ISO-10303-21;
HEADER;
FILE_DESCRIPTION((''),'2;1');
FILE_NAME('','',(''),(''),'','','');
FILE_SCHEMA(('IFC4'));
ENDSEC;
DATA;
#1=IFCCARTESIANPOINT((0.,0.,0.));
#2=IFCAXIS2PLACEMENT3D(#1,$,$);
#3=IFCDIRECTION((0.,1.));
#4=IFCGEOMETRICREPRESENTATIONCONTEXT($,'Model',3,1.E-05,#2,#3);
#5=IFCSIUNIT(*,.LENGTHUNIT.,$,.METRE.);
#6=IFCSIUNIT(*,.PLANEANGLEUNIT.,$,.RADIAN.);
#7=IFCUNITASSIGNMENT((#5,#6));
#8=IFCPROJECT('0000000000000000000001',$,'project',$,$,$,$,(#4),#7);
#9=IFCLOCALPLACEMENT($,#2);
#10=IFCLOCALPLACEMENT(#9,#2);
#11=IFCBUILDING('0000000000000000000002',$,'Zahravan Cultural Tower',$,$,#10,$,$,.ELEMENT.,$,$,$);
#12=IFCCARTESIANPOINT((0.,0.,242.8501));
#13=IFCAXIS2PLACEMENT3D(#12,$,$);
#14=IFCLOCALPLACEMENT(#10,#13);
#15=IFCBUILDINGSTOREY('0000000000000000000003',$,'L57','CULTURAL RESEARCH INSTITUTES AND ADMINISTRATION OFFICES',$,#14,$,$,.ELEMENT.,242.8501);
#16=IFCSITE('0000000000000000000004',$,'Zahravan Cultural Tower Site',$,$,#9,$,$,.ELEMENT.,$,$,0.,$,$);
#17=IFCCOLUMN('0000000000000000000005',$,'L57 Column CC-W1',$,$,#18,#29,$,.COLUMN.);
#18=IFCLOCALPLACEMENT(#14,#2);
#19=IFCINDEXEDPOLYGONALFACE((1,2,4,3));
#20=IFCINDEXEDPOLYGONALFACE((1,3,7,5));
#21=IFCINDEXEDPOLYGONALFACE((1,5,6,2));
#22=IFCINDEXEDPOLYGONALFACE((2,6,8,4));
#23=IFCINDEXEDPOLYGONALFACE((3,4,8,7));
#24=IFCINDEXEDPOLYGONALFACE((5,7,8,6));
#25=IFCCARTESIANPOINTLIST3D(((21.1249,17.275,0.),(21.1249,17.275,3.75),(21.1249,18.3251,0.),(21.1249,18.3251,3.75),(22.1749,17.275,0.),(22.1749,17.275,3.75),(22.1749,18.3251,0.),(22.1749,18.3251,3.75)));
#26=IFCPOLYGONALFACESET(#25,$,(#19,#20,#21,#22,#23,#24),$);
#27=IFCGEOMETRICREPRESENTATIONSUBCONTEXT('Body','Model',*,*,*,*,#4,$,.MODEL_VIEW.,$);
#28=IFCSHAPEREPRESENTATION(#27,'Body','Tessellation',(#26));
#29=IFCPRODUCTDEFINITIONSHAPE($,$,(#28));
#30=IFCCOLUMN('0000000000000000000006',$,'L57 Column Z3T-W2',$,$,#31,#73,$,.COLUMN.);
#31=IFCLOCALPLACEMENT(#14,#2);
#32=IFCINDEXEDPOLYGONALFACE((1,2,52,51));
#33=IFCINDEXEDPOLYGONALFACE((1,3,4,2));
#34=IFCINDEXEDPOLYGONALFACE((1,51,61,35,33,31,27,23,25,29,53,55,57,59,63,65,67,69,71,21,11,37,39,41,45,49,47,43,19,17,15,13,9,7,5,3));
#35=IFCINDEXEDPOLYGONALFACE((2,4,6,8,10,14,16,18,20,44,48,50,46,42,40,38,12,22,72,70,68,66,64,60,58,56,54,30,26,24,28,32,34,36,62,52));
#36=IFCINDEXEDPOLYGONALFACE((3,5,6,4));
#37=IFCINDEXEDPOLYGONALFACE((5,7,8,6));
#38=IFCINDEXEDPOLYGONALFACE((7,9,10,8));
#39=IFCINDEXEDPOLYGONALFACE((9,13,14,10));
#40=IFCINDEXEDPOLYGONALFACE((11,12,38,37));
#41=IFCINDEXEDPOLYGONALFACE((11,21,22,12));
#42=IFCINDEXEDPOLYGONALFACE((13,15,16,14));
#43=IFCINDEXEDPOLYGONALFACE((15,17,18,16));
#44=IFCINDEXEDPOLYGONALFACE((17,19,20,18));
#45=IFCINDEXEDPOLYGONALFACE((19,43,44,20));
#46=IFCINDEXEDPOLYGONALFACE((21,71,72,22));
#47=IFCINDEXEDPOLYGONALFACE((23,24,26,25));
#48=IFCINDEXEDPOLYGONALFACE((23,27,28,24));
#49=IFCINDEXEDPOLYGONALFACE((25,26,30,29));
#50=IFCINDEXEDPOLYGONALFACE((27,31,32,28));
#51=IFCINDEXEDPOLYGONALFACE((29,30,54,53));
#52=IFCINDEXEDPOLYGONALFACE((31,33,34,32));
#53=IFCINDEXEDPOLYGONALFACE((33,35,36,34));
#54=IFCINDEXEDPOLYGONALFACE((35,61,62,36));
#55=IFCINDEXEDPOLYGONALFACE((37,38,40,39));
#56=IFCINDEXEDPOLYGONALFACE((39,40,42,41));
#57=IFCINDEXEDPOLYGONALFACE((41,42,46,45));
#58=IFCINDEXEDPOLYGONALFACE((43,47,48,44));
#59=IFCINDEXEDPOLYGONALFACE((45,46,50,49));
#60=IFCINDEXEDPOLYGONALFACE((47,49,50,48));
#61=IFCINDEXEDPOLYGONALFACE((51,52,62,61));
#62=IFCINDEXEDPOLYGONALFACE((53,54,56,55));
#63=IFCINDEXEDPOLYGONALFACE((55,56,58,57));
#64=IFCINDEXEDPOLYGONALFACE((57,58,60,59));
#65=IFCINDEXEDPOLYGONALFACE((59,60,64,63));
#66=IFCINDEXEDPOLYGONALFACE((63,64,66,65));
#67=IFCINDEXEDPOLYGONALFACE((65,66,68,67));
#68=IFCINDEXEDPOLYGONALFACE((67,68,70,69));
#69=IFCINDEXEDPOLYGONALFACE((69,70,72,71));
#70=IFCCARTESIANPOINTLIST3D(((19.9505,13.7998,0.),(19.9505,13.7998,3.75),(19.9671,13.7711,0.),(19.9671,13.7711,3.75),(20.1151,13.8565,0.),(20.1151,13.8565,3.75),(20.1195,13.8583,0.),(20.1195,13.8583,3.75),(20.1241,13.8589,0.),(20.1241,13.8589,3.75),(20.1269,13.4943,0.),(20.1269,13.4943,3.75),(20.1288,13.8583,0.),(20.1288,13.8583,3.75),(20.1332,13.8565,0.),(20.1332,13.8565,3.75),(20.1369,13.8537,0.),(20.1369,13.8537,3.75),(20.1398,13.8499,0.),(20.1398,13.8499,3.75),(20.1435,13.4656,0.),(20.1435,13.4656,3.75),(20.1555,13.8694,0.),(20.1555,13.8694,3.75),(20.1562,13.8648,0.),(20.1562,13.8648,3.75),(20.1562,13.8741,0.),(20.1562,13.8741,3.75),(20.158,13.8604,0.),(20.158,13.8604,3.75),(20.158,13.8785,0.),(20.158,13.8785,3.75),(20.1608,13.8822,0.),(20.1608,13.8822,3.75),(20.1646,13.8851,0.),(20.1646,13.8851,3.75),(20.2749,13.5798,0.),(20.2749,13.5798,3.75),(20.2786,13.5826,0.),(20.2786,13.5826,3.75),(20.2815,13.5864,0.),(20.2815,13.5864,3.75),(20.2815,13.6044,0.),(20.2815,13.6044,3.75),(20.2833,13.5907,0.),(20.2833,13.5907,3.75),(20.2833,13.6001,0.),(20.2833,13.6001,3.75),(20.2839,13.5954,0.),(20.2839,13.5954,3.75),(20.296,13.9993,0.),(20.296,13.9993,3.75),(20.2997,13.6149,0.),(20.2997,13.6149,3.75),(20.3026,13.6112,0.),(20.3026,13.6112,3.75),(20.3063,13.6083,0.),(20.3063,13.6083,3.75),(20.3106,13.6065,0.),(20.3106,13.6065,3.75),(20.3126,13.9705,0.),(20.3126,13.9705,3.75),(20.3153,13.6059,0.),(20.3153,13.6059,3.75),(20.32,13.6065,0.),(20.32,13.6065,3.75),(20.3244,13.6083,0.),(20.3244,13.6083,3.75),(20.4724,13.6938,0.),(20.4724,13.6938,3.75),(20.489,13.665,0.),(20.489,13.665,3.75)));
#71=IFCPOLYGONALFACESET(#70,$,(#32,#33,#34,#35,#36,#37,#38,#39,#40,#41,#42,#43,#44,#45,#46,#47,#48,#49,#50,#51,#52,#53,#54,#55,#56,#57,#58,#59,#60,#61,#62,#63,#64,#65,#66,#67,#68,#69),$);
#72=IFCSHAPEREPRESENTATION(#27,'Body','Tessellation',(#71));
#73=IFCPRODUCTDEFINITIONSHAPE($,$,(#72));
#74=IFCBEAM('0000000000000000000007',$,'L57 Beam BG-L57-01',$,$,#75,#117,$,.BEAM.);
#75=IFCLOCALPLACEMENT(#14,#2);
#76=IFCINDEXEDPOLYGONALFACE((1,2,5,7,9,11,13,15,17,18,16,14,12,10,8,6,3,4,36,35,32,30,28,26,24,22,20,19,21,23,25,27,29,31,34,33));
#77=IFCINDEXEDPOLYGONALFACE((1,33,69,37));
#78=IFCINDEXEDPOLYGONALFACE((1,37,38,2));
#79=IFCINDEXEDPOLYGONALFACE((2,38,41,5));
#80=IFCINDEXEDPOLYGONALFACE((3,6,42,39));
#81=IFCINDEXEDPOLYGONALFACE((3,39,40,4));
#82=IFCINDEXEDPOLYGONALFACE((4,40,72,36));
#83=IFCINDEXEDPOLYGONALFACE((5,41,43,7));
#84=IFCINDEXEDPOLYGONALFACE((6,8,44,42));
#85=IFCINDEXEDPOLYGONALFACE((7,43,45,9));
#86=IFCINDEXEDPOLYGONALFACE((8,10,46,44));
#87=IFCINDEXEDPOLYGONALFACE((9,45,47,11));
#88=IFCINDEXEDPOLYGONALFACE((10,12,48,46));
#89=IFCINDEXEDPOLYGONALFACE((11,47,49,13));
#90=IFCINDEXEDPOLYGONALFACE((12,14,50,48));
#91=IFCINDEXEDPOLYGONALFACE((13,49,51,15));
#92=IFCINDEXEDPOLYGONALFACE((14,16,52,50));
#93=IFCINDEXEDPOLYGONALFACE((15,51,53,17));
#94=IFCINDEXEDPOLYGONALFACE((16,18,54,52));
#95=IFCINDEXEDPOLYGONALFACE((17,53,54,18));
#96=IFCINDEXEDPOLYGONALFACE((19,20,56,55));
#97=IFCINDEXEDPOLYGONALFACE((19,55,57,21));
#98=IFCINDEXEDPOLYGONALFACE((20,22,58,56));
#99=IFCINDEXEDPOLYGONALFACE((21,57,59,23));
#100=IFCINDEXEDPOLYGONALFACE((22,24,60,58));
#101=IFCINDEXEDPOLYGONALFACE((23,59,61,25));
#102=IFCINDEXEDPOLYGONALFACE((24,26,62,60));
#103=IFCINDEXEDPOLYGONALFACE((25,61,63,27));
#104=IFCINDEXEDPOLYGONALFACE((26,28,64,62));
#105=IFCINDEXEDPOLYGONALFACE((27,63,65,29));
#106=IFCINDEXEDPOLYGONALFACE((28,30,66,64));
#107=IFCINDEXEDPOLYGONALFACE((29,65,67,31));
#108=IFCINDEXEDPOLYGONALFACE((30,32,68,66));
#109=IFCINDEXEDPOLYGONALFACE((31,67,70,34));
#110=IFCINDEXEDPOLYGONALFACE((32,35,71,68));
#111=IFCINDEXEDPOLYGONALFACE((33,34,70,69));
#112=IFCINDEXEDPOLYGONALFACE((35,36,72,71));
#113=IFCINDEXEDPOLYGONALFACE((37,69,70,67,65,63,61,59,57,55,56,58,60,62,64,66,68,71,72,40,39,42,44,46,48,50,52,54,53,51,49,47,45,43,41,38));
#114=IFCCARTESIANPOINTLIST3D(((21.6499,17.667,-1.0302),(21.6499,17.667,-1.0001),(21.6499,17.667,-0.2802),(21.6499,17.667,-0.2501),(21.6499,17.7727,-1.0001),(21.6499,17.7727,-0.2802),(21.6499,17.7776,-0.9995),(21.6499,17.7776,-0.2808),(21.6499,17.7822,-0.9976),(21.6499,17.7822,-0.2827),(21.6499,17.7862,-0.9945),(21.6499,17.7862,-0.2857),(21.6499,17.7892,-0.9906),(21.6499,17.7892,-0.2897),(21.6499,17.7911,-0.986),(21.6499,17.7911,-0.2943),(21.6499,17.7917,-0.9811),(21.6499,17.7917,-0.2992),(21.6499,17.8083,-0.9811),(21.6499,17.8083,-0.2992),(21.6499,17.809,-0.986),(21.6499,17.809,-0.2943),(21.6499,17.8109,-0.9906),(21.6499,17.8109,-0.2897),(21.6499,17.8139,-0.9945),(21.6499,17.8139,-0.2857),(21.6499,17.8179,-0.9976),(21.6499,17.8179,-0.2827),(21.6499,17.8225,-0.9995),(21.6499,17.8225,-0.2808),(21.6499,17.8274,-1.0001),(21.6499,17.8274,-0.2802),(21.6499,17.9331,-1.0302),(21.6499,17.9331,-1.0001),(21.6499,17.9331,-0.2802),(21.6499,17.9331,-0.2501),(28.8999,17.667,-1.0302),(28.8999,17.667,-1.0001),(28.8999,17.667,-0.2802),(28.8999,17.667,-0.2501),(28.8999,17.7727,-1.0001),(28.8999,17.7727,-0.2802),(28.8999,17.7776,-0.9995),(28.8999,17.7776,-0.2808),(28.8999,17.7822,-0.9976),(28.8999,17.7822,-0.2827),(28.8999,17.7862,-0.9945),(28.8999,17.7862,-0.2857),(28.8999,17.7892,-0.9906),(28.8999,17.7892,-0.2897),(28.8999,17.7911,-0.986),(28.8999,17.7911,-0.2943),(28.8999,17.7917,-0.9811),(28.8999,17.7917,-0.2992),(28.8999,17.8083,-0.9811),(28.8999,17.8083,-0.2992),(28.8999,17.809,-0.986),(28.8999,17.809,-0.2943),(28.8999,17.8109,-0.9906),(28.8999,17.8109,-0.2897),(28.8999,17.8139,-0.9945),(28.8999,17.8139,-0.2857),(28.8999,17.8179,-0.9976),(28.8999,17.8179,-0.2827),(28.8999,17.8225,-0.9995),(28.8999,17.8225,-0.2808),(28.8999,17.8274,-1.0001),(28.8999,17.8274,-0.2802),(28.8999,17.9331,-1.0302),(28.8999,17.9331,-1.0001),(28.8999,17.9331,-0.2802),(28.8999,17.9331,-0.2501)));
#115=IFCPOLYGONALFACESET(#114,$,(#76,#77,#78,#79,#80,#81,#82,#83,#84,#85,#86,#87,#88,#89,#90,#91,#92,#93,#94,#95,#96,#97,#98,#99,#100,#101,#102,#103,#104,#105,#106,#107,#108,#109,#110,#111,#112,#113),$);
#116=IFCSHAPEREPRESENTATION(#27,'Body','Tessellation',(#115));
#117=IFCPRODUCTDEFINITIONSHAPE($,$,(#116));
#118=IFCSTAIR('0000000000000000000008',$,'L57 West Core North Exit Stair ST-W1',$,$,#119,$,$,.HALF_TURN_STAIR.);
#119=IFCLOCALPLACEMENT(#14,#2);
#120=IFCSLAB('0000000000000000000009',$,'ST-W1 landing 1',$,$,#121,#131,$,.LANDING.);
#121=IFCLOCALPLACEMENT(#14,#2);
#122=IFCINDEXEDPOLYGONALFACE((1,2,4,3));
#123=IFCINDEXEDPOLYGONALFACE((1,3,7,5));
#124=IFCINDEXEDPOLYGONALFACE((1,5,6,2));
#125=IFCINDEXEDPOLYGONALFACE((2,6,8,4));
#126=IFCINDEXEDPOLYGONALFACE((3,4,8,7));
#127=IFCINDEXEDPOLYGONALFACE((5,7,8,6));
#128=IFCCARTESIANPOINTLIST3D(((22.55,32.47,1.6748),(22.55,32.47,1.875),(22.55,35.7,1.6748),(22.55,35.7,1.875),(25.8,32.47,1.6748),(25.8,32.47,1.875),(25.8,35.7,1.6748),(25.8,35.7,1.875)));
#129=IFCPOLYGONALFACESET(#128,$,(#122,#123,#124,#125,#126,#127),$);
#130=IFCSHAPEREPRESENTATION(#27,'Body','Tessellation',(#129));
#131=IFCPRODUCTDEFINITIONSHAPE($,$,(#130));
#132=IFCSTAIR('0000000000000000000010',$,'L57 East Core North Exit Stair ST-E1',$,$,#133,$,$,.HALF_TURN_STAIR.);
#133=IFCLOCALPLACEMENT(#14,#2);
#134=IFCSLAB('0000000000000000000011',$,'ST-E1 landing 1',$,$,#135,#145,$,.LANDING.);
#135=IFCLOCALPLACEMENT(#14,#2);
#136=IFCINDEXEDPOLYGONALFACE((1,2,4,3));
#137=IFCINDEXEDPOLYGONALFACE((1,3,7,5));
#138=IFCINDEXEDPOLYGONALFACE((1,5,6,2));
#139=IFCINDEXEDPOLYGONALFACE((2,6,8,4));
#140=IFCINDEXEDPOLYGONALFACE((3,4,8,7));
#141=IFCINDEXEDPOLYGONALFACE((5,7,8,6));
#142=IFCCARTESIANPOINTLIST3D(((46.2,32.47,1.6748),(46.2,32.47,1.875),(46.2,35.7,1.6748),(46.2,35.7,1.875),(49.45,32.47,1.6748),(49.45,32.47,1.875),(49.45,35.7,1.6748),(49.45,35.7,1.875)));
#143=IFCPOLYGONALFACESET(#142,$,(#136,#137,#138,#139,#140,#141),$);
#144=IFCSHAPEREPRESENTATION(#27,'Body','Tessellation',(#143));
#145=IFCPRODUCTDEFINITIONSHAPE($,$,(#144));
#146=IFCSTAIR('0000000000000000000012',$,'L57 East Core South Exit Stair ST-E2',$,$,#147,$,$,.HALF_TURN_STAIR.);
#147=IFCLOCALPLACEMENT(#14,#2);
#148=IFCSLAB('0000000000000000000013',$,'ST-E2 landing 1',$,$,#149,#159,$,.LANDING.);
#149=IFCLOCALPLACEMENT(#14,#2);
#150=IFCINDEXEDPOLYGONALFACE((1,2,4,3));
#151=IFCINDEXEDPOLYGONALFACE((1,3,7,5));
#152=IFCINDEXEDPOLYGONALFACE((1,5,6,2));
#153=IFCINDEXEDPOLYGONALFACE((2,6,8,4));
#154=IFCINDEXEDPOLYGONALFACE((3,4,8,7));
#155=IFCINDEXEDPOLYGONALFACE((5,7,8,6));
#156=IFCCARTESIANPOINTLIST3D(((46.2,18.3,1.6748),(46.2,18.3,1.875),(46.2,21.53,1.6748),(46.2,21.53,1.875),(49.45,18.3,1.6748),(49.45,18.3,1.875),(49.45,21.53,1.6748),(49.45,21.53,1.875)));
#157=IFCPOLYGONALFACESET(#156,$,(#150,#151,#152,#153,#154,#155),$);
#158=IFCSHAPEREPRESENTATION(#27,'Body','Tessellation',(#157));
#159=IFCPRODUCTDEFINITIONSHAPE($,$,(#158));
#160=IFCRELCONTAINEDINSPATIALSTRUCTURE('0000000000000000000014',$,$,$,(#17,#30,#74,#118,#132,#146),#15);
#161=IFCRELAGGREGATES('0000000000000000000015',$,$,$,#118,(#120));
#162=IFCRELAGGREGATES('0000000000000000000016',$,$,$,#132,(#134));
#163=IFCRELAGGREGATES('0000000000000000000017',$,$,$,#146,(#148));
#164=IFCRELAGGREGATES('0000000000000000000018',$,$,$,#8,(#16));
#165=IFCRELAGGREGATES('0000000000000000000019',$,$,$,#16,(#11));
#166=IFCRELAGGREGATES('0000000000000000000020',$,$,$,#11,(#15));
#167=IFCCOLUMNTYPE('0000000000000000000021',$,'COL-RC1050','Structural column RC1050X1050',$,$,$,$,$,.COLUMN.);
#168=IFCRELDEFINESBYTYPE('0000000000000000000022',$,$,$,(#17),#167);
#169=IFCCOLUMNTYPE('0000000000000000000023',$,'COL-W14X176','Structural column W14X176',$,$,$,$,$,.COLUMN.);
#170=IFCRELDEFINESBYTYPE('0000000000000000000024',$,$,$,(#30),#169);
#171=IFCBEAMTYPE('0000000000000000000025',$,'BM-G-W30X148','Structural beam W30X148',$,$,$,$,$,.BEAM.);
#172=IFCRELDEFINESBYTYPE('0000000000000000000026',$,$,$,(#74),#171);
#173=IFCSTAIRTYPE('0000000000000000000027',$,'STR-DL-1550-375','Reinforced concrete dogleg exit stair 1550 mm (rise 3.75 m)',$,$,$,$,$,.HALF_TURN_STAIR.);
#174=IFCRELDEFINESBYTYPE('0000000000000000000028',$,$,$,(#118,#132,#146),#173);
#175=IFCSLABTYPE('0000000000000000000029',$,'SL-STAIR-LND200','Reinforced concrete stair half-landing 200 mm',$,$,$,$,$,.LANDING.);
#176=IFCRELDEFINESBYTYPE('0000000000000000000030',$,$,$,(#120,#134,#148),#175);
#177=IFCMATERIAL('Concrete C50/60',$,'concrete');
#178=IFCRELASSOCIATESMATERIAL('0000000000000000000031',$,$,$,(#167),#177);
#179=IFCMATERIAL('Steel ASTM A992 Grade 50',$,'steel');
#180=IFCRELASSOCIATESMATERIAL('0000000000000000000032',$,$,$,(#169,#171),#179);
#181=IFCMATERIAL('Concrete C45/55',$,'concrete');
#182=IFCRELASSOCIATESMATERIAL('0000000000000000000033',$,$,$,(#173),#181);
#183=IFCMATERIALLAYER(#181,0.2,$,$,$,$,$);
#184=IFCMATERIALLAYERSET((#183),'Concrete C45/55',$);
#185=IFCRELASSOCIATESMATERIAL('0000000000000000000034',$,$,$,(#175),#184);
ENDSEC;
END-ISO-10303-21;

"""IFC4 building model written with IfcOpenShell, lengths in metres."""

from ifc_helpers import new_model, si_unit, direction, frame, origin, origin_2d, place, context, subcontext, project, spatial, polyline, rectangle, i_section, outline, extrude, source, transform, mapped, material, layer, layer_set, material_profile, profile_set, type_object, element, aggregate, save


model = new_model("IFC4")

# Units and contexts
model_context = context("Model", 3, precision=1e-05, world=origin(), true_north=direction((0.0, 1.0)))
body_context = subcontext(model_context, "Body", "Model", "MODEL_VIEW")
ifc_project = project(units=[si_unit("LENGTHUNIT", "METRE"), si_unit("PLANEANGLEUNIT", "RADIAN")], contexts=[model_context])

# Site, building, storey
site_placement = place(None, origin())
site = spatial("IfcSite", under=ifc_project, at=site_placement, Name="Zahravan Cultural Tower Site", CompositionType="ELEMENT", RefElevation=0.0)
building_placement = place(site_placement, origin())
building = spatial("IfcBuilding", under=site, at=building_placement, Name="Zahravan Cultural Tower", CompositionType="ELEMENT")
storey_placement = place(building_placement, frame((0.0, 0.0, 242.8501)))
storey = spatial("IfcBuildingStorey", under=building, at=storey_placement, Name="L57", Description="CULTURAL RESEARCH INSTITUTES AND ADMINISTRATION OFFICES", CompositionType="ELEMENT", Elevation=242.8501)

# Columns
ifc_material_1 = material(Name="Concrete C50/60", Category="concrete")
ifc_material_profile_1 = material_profile(ifc_material_1, rectangle(XDim=1.05, YDim=1.05, at=origin_2d()), Name="RC1050X1050")
ifc_profile_set_1 = profile_set([ifc_material_profile_1], Name="Concrete C50/60")
column_type_1 = type_object("IfcColumnType", Name="COL-RC1050", Description="Structural column RC1050X1050", PredefinedType="COLUMN", material=ifc_profile_set_1)
shared_shape_1 = source(origin(), body_context, "Body", "SweptSolid", [
    extrude(rectangle(XDim=1.05, YDim=1.05, at=origin_2d()), origin(), (0.0, 0.0, 1.0), 3.75),
])
column_1_placement = place(storey_placement, frame((21.6499, 17.8, 0.0), z_axis=(0.0, 0.0, 1.0), x_axis=(1.0, 0.0, 0.0)))
element("IfcColumn", 1, at=column_1_placement, inside=storey, type_object=column_type_1, Name="L57 Column CC-W1", PredefinedType="COLUMN", context=body_context, shape_type="MappedRepresentation", body=[
    mapped(shared_shape_1, transform((0.0, 0.0, 0.0), x_axis=(1.0, 0.0, 0.0), y_axis=(0.0, 1.0, 0.0), z_axis=(0.0, 0.0, 1.0), scale=1.0)),
])
ifc_material_2 = material(Name="Steel ASTM A992 Grade 50", Category="steel")
ifc_material_profile_2 = material_profile(ifc_material_2, i_section(OverallWidth=0.3989, OverallDepth=0.386, WebThickness=0.021, FlangeThickness=0.0332, FilletRadius=0.0181, at=origin_2d()), Name="W14X176")
ifc_profile_set_2 = profile_set([ifc_material_profile_2], Name="Steel ASTM A992 Grade 50")
column_type_2 = type_object("IfcColumnType", Name="COL-W14X176", Description="Structural column W14X176", PredefinedType="COLUMN", material=ifc_profile_set_2)
shared_shape_2 = source(origin(), body_context, "Body", "SweptSolid", [
    extrude(i_section(OverallWidth=0.3989, OverallDepth=0.386, WebThickness=0.021, FlangeThickness=0.0332, FilletRadius=0.0181, at=origin_2d()), origin(), (0.0, 0.0, 1.0), 3.75),
])
column_2_placement = place(storey_placement, frame((20.2197, 13.7324, 0.0), z_axis=(0.0, 0.0, 1.0), x_axis=(0.866025, 0.5, 0.0)))
element("IfcColumn", 2, at=column_2_placement, inside=storey, type_object=column_type_2, Name="L57 Column Z3T-W2", PredefinedType="COLUMN", context=body_context, shape_type="MappedRepresentation", body=[
    mapped(shared_shape_2, transform((0.0, 0.0, 0.0), x_axis=(1.0, 0.0, 0.0), y_axis=(0.0, 1.0, 0.0), z_axis=(0.0, 0.0, 1.0), scale=1.0)),
])

# Beam
ifc_material_profile_3 = material_profile(ifc_material_2, i_section(OverallWidth=0.2661, OverallDepth=0.78, WebThickness=0.0166, FlangeThickness=0.03, FilletRadius=0.019, at=origin_2d()), Name="W30X148")
ifc_profile_set_3 = profile_set([ifc_material_profile_3], Name="Steel ASTM A992 Grade 50")
beam_type = type_object("IfcBeamType", Name="BM-G-W30X148", Description="Structural beam W30X148", PredefinedType="BEAM", material=ifc_profile_set_3)
shared_shape_3 = source(origin(), body_context, "Body", "SweptSolid", [
    extrude(i_section(OverallWidth=0.2661, OverallDepth=0.78, WebThickness=0.0166, FlangeThickness=0.03, FilletRadius=0.019, at=origin_2d()), origin(), (0.0, 0.0, 1.0), 7.25),
])
beam_placement = place(storey_placement, frame((21.6499, 17.8, -0.6401), z_axis=(1.0, 0.0, 0.0), x_axis=(0.0, 1.0, 0.0)))
element("IfcBeam", 3, at=beam_placement, inside=storey, type_object=beam_type, Name="L57 Beam BG-L57-01", PredefinedType="BEAM", context=body_context, shape_type="MappedRepresentation", body=[
    mapped(shared_shape_3, transform((0.0, 0.0, 0.0), x_axis=(1.0, 0.0, 0.0), y_axis=(0.0, 1.0, 0.0), z_axis=(0.0, 0.0, 1.0), scale=1.0)),
])

# Stairs, slabs
ifc_material_3 = material(Name="Concrete C45/55", Category="concrete")
stair_type = type_object("IfcStairType", Name="STR-DL-1550-375", Description="Reinforced concrete dogleg exit stair 1550 mm (rise 3.75 m)", PredefinedType="HALF_TURN_STAIR", material=ifc_material_3)
stair_1_placement = place(storey_placement, origin())
stair_1 = element("IfcStair", 4, at=stair_1_placement, inside=storey, type_object=stair_type, Name="L57 West Core North Exit Stair ST-W1", PredefinedType="HALF_TURN_STAIR")
ifc_layer_1 = layer(ifc_material_3, 0.2)
ifc_layer_set_1 = layer_set([ifc_layer_1], Name="Concrete C45/55")
slab_type_1 = type_object("IfcSlabType", Name="SL-STAIR-LND200", Description="Reinforced concrete stair half-landing 200 mm", PredefinedType="LANDING", material=ifc_layer_set_1)
slab_1_placement = place(storey_placement, frame((0.0, 0.0, 1.6748)))
slab_1 = element("IfcSlab", 5, at=slab_1_placement, type_object=slab_type_1, Name="ST-W1 landing 1", PredefinedType="LANDING", context=body_context, shape_type="SweptSolid", body=[
    extrude(outline(polyline([(25.8, 32.47), (25.8, 35.7), (22.55, 35.7), (22.55, 32.47), (25.8, 32.47)])), origin(), (0.0, 0.0, 1.0), 0.2002),
])
aggregate(stair_1, [slab_1])
stair_2_placement = place(storey_placement, origin())
stair_2 = element("IfcStair", 6, at=stair_2_placement, inside=storey, type_object=stair_type, Name="L57 East Core North Exit Stair ST-E1", PredefinedType="HALF_TURN_STAIR")
slab_2_placement = place(storey_placement, frame((0.0, 0.0, 1.6748)))
slab_2 = element("IfcSlab", 7, at=slab_2_placement, type_object=slab_type_1, Name="ST-E1 landing 1", PredefinedType="LANDING", context=body_context, shape_type="SweptSolid", body=[
    extrude(outline(polyline([(49.45, 32.47), (49.45, 35.7), (46.2, 35.7), (46.2, 32.47), (49.45, 32.47)])), origin(), (0.0, 0.0, 1.0), 0.2002),
])
aggregate(stair_2, [slab_2])
stair_3_placement = place(storey_placement, origin())
stair_3 = element("IfcStair", 8, at=stair_3_placement, inside=storey, type_object=stair_type, Name="L57 East Core South Exit Stair ST-E2", PredefinedType="HALF_TURN_STAIR")
slab_3_placement = place(storey_placement, frame((0.0, 0.0, 1.6748)))
slab_3 = element("IfcSlab", 9, at=slab_3_placement, type_object=slab_type_1, Name="ST-E2 landing 1", PredefinedType="LANDING", context=body_context, shape_type="SweptSolid", body=[
    extrude(outline(polyline([(46.2, 21.53), (46.2, 18.3), (49.45, 18.3), (49.45, 21.53), (46.2, 21.53)])), origin(), (0.0, 0.0, 1.0), 0.2002),
])
aggregate(stair_3, [slab_3])

save(model, "model.ifc")
